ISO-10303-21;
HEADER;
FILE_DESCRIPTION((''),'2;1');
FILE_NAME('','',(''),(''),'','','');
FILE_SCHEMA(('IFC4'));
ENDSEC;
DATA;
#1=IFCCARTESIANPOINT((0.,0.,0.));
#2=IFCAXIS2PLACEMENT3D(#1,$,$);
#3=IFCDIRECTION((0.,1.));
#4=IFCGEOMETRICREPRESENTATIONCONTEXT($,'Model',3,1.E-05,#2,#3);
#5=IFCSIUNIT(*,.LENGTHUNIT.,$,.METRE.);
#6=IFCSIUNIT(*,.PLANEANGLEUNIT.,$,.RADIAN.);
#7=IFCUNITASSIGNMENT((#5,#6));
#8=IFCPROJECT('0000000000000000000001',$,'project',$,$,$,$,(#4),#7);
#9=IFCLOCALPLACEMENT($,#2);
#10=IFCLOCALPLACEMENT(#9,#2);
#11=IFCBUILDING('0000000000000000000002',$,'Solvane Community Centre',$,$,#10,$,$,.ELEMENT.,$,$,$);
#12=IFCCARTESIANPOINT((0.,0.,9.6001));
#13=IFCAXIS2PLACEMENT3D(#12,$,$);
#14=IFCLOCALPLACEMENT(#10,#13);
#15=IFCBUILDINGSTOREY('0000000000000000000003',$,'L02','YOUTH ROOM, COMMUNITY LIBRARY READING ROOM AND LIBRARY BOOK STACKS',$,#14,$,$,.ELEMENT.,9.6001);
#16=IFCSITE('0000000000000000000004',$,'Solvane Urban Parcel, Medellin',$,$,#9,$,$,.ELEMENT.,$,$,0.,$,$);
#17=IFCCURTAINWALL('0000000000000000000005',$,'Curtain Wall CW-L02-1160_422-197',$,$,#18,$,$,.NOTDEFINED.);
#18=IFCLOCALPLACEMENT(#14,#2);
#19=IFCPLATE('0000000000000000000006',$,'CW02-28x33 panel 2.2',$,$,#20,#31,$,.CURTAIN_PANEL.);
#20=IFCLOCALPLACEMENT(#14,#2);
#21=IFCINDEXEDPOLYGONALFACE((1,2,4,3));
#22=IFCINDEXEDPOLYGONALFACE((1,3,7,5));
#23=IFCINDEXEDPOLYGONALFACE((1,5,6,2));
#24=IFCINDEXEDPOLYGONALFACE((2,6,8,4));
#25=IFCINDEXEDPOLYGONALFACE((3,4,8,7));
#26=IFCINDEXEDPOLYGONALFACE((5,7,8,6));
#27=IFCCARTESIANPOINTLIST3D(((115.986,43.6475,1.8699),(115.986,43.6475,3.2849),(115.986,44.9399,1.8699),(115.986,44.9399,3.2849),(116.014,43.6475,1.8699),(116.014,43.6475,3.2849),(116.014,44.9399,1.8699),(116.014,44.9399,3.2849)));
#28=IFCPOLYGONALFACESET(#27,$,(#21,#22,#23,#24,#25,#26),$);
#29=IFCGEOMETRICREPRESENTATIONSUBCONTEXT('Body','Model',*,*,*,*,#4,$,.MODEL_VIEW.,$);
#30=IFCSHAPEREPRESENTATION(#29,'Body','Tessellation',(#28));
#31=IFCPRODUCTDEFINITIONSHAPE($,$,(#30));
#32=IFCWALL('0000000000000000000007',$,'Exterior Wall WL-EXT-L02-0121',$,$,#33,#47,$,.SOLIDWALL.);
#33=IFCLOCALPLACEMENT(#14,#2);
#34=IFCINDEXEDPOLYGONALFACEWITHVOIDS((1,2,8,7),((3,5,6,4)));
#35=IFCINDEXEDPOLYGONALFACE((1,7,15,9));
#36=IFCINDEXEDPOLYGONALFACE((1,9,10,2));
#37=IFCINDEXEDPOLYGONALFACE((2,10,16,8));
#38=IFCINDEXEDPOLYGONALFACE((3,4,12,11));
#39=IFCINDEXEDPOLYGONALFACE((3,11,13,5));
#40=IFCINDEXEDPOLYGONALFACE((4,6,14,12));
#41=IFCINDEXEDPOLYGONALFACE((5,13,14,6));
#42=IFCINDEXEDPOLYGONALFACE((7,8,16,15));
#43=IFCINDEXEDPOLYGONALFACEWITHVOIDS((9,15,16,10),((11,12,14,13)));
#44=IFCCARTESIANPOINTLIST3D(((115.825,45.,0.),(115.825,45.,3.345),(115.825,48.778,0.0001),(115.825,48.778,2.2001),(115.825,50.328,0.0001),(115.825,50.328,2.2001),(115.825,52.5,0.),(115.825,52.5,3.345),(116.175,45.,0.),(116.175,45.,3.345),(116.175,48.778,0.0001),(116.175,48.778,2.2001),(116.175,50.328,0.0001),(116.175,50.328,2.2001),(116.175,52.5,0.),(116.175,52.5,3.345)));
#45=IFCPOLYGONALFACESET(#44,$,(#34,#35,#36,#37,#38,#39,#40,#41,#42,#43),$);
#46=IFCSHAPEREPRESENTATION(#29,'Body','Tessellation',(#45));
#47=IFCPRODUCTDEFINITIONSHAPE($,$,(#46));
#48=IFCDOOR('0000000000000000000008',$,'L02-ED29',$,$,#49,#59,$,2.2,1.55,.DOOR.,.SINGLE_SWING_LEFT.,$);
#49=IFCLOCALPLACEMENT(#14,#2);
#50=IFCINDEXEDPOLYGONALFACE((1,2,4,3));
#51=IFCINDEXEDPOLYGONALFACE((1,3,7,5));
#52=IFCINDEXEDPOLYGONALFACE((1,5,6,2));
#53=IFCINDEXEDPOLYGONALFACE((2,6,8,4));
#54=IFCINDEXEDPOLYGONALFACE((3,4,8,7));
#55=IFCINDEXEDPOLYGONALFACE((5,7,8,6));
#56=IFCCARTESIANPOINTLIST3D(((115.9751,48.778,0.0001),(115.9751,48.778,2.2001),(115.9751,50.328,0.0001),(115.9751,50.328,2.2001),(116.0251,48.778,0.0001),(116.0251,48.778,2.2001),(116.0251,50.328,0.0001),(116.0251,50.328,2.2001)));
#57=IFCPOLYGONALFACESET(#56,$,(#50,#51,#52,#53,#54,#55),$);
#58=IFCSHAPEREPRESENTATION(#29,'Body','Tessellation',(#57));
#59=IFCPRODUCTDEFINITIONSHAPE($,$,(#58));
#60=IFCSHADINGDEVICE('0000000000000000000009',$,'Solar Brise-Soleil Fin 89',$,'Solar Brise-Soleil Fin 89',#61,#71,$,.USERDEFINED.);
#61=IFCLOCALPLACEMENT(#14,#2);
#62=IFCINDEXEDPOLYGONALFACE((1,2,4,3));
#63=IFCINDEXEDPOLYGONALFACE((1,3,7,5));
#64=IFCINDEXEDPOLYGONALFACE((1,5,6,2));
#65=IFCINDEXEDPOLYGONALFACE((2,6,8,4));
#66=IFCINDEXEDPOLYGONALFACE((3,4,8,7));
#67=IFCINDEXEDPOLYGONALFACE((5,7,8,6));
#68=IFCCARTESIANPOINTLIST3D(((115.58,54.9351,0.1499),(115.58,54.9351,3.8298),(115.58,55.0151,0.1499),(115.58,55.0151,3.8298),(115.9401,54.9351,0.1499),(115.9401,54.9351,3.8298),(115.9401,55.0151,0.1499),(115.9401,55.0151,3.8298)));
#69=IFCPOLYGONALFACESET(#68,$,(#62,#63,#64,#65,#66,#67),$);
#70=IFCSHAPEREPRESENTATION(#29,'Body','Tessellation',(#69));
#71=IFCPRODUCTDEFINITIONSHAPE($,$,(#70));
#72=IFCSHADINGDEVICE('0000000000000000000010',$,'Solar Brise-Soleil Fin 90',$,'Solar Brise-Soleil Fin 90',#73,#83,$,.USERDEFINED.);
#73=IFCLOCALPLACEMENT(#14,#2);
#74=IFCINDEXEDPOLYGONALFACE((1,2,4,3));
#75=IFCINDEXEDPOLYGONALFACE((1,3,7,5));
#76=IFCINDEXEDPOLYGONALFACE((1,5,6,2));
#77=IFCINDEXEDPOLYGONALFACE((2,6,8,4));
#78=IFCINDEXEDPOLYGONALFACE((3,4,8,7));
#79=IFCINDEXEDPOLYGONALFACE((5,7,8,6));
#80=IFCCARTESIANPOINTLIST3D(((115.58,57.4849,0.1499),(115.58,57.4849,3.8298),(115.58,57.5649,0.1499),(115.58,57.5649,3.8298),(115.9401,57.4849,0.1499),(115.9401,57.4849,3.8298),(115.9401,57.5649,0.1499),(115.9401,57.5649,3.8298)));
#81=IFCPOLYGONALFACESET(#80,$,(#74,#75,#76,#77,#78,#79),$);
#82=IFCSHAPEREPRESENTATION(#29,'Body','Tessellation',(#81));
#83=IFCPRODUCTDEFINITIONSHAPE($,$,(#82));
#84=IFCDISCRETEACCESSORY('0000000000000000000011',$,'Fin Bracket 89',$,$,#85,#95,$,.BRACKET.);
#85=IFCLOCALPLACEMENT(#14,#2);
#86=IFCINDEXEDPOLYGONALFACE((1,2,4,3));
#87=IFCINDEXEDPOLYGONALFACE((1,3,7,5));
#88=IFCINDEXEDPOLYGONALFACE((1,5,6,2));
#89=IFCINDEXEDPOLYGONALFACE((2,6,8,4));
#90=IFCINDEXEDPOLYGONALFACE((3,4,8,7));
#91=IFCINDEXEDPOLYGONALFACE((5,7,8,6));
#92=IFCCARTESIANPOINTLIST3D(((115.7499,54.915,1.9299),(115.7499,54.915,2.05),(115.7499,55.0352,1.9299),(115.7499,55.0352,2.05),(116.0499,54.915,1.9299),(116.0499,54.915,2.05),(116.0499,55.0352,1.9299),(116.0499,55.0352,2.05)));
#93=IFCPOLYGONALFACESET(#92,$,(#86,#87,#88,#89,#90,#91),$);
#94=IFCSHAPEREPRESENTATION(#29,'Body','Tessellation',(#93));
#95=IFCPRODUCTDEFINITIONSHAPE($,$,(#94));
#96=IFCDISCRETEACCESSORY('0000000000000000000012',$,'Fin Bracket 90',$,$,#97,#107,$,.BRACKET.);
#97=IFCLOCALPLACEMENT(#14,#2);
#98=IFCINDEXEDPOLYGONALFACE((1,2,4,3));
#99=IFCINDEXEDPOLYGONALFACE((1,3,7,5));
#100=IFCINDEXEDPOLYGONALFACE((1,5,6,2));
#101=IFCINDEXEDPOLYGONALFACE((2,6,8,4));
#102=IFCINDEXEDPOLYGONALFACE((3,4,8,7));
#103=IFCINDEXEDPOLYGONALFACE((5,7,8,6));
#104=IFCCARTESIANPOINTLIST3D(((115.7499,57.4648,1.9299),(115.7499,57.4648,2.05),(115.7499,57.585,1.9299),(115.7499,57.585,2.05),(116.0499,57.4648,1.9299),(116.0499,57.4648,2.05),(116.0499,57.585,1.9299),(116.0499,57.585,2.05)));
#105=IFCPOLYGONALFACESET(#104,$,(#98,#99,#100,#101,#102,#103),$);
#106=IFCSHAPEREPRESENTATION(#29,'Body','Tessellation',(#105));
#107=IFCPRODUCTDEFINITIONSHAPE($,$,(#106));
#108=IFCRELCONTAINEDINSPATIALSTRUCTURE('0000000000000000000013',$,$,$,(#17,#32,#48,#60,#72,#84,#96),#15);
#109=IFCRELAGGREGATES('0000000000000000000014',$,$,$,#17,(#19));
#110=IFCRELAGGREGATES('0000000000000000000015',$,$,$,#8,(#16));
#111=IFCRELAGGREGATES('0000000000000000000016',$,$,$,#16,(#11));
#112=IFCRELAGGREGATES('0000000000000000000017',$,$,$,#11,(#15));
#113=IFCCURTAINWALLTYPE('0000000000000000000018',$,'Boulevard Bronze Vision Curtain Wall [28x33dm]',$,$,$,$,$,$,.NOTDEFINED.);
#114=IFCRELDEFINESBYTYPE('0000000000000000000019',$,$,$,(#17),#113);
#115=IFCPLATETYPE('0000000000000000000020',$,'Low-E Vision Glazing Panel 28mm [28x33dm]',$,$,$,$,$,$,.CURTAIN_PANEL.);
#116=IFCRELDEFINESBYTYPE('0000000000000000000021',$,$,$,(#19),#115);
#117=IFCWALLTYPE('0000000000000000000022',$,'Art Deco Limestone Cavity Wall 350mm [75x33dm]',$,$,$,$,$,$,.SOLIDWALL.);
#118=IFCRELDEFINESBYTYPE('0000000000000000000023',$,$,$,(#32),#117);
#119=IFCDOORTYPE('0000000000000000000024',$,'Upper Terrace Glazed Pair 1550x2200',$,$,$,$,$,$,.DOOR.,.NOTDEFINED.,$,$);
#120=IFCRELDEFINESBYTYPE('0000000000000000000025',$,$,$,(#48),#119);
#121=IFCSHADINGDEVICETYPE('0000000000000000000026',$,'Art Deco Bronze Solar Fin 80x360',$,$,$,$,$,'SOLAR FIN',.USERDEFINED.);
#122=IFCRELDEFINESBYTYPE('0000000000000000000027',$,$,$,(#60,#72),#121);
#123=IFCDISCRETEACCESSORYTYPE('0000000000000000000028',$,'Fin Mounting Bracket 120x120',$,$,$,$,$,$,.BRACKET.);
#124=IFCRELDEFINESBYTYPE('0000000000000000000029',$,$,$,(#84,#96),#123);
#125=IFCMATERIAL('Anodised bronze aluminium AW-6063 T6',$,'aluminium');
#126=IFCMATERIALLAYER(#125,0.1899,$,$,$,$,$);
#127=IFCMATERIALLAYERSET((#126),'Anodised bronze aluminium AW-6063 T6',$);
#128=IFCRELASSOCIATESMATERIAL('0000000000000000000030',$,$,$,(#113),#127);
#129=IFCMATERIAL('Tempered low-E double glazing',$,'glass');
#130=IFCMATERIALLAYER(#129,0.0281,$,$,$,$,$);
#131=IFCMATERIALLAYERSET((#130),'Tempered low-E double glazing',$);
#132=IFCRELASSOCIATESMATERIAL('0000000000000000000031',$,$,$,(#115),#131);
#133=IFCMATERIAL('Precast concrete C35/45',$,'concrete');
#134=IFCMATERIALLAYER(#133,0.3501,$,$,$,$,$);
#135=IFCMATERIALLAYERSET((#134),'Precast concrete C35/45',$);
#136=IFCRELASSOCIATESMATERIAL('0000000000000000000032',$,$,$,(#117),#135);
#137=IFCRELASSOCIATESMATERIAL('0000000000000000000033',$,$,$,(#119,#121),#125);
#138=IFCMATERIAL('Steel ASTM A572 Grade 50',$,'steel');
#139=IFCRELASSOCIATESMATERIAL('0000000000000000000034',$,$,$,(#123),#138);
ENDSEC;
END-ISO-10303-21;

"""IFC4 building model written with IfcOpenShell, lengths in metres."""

from ifc_helpers import new_model, si_unit, direction, frame, frame_2d, origin, origin_2d, place, context, subcontext, project, spatial, rectangle, extrude, material, layer, layer_set, type_object, element, fill, aggregate, save


model = new_model("IFC4")

# Units and contexts
model_context = context("Model", 3, precision=1e-05, world=origin(), true_north=direction((0.0, 1.0)))
body_context = subcontext(model_context, "Body", "Model", "MODEL_VIEW")
ifc_project = project(units=[si_unit("LENGTHUNIT", "METRE"), si_unit("PLANEANGLEUNIT", "RADIAN")], contexts=[model_context])

# Site, building, storey
site_placement = place(None, origin())
site = spatial("IfcSite", under=ifc_project, at=site_placement, Name="Solvane Urban Parcel, Medellin", CompositionType="ELEMENT", RefElevation=0.0)
building_placement = place(site_placement, origin())
building = spatial("IfcBuilding", under=site, at=building_placement, Name="Solvane Community Centre", CompositionType="ELEMENT")
storey_placement = place(building_placement, frame((0.0, 0.0, 9.6001)))
storey = spatial("IfcBuildingStorey", under=building, at=storey_placement, Name="L02", Description="YOUTH ROOM, COMMUNITY LIBRARY READING ROOM AND LIBRARY BOOK STACKS", CompositionType="ELEMENT", Elevation=9.6001)

# Curtain wall
ifc_material_1 = material(Name="Anodised bronze aluminium AW-6063 T6", Category="aluminium")
ifc_layer_1 = layer(ifc_material_1, 0.1899)
ifc_layer_set_1 = layer_set([ifc_layer_1], Name="Anodised bronze aluminium AW-6063 T6")
curtain_wall_type_1 = type_object("IfcCurtainWallType", Name="Boulevard Bronze Vision Curtain Wall [28x33dm]", PredefinedType="NOTDEFINED", material=ifc_layer_set_1)
curtain_wall_1_placement = place(storey_placement, origin())
curtain_wall_1 = element("IfcCurtainWall", 1, at=curtain_wall_1_placement, inside=storey, type_object=curtain_wall_type_1, Name="Curtain Wall CW-L02-1160_422-197", PredefinedType="NOTDEFINED")

# Plate
ifc_material_2 = material(Name="Tempered low-E double glazing", Category="glass")
ifc_layer_2 = layer(ifc_material_2, 0.0281)
ifc_layer_set_2 = layer_set([ifc_layer_2], Name="Tempered low-E double glazing")
plate_type_1 = type_object("IfcPlateType", Name="Low-E Vision Glazing Panel 28mm [28x33dm]", PredefinedType="CURTAIN_PANEL", material=ifc_layer_set_2)
plate_1_placement = place(storey_placement, frame((116.0, 44.2937, 1.8699), z_axis=(0.0, 0.0, 1.0), x_axis=(0.0, 1.0, 0.0)))
plate_1 = element("IfcPlate", 2, at=plate_1_placement, type_object=plate_type_1, Name="CW02-28x33 panel 2.2", PredefinedType="CURTAIN_PANEL", context=body_context, shape_type="SweptSolid", body=[
    extrude(rectangle(XDim=1.2925, YDim=0.0281, at=origin_2d()), origin(), (0.0, 0.0, 1.0), 1.415),
])
aggregate(curtain_wall_1, [plate_1])

# Wall, opening, door
ifc_material_3 = material(Name="Precast concrete C35/45", Category="concrete")
ifc_layer_3 = layer(ifc_material_3, 0.3501)
ifc_layer_set_3 = layer_set([ifc_layer_3], Name="Precast concrete C35/45")
wall_type = type_object("IfcWallType", Name="Art Deco Limestone Cavity Wall 350mm [75x33dm]", PredefinedType="SOLIDWALL", material=ifc_layer_set_3)
wall_placement = place(storey_placement, frame((116.0, 45.0, 0.0), z_axis=(0.0, 0.0, 1.0), x_axis=(0.0, 1.0, 0.0)))
wall = element("IfcWall", 3, at=wall_placement, inside=storey, type_object=wall_type, Name="Exterior Wall WL-EXT-L02-0121", PredefinedType="SOLIDWALL", context=body_context, shape_type="SweptSolid", body=[
    extrude(rectangle(XDim=7.5, YDim=0.3501, at=frame_2d((3.75, 0.0))), origin(), (0.0, 0.0, 1.0), 3.345),
])
opening_placement = place(wall_placement, frame((3.7781, 0.0, 0.0)))
opening = element("IfcOpeningElement", 4, at=opening_placement, cuts=wall, PredefinedType="OPENING", context=body_context, shape_type="SweptSolid", body=[
    extrude(rectangle(XDim=1.55, YDim=2.2, at=frame_2d((0.7749, 1.1001))), frame((0.0, 0.1851, 0.0), z_axis=(0.0, -1.0, 0.0), x_axis=(1.0, 0.0, 0.0)), (0.0, 0.0, 1.0), 0.3701),
])
door_type = type_object("IfcDoorType", Name="Upper Terrace Glazed Pair 1550x2200", OperationType="NOTDEFINED", PredefinedType="DOOR", material=ifc_material_1)
door_placement = place(opening_placement, origin())
door = element("IfcDoor", 5, at=door_placement, inside=storey, type_object=door_type, Name="L02-ED29", OperationType="SINGLE_SWING_LEFT", OverallHeight=2.2, OverallWidth=1.55, PredefinedType="DOOR", context=body_context, shape_type="SweptSolid", body=[
    extrude(rectangle(XDim=1.55, YDim=2.2, at=frame_2d((0.7749, 1.1001))), frame((0.0, 0.0249, 0.0), z_axis=(0.0, -1.0, 0.0), x_axis=(1.0, 0.0, 0.0)), (0.0, 0.0, 1.0), 0.05),
])
fill(opening, door)

# Shading devices
shading_device_type = type_object("IfcShadingDeviceType", Name="Art Deco Bronze Solar Fin 80x360", ElementType="SOLAR FIN", PredefinedType="USERDEFINED", material=ifc_material_1)
shading_device_1_placement = place(storey_placement, frame((115.76, 54.9751, 0.1499), z_axis=(0.0, 0.0, 1.0), x_axis=(0.0, 1.0, 0.0)))
element("IfcShadingDevice", 6, at=shading_device_1_placement, inside=storey, type_object=shading_device_type, Name="Solar Brise-Soleil Fin 89", ObjectType="Solar Brise-Soleil Fin 89", PredefinedType="USERDEFINED", context=body_context, shape_type="SweptSolid", body=[
    extrude(rectangle(XDim=0.0801, YDim=0.3601, at=origin_2d()), origin(), (0.0, 0.0, 1.0), 3.6799),
])
shading_device_2_placement = place(storey_placement, frame((115.76, 57.5249, 0.1499), z_axis=(0.0, 0.0, 1.0), x_axis=(0.0, 1.0, 0.0)))
element("IfcShadingDevice", 7, at=shading_device_2_placement, inside=storey, type_object=shading_device_type, Name="Solar Brise-Soleil Fin 90", ObjectType="Solar Brise-Soleil Fin 90", PredefinedType="USERDEFINED", context=body_context, shape_type="SweptSolid", body=[
    extrude(rectangle(XDim=0.0801, YDim=0.3601, at=origin_2d()), origin(), (0.0, 0.0, 1.0), 3.6799),
])

# Discrete accessories
ifc_material_4 = material(Name="Steel ASTM A572 Grade 50", Category="steel")
discrete_accessory_type = type_object("IfcDiscreteAccessoryType", Name="Fin Mounting Bracket 120x120", PredefinedType="BRACKET", material=ifc_material_4)
for number, where, z_axis, x_axis, name in (
    (8, (115.8999, 54.9751, 1.9299), (0.0, 0.0, 1.0), (0.0, 1.0, 0.0), "Fin Bracket 89"),
    (9, (115.8999, 57.5249, 1.9299), (0.0, 0.0, 1.0), (0.0, 1.0, 0.0), "Fin Bracket 90"),
):
    element("IfcDiscreteAccessory", number, at=place(storey_placement, frame(where, z_axis=z_axis, x_axis=x_axis)), inside=storey, type_object=discrete_accessory_type, Name=name, PredefinedType="BRACKET", context=body_context, shape_type="SweptSolid", body=[
        extrude(rectangle(XDim=0.1201, YDim=0.3, at=origin_2d()), origin(), (0.0, 0.0, 1.0), 0.1201),
    ])

save(model, "model.ifc")
